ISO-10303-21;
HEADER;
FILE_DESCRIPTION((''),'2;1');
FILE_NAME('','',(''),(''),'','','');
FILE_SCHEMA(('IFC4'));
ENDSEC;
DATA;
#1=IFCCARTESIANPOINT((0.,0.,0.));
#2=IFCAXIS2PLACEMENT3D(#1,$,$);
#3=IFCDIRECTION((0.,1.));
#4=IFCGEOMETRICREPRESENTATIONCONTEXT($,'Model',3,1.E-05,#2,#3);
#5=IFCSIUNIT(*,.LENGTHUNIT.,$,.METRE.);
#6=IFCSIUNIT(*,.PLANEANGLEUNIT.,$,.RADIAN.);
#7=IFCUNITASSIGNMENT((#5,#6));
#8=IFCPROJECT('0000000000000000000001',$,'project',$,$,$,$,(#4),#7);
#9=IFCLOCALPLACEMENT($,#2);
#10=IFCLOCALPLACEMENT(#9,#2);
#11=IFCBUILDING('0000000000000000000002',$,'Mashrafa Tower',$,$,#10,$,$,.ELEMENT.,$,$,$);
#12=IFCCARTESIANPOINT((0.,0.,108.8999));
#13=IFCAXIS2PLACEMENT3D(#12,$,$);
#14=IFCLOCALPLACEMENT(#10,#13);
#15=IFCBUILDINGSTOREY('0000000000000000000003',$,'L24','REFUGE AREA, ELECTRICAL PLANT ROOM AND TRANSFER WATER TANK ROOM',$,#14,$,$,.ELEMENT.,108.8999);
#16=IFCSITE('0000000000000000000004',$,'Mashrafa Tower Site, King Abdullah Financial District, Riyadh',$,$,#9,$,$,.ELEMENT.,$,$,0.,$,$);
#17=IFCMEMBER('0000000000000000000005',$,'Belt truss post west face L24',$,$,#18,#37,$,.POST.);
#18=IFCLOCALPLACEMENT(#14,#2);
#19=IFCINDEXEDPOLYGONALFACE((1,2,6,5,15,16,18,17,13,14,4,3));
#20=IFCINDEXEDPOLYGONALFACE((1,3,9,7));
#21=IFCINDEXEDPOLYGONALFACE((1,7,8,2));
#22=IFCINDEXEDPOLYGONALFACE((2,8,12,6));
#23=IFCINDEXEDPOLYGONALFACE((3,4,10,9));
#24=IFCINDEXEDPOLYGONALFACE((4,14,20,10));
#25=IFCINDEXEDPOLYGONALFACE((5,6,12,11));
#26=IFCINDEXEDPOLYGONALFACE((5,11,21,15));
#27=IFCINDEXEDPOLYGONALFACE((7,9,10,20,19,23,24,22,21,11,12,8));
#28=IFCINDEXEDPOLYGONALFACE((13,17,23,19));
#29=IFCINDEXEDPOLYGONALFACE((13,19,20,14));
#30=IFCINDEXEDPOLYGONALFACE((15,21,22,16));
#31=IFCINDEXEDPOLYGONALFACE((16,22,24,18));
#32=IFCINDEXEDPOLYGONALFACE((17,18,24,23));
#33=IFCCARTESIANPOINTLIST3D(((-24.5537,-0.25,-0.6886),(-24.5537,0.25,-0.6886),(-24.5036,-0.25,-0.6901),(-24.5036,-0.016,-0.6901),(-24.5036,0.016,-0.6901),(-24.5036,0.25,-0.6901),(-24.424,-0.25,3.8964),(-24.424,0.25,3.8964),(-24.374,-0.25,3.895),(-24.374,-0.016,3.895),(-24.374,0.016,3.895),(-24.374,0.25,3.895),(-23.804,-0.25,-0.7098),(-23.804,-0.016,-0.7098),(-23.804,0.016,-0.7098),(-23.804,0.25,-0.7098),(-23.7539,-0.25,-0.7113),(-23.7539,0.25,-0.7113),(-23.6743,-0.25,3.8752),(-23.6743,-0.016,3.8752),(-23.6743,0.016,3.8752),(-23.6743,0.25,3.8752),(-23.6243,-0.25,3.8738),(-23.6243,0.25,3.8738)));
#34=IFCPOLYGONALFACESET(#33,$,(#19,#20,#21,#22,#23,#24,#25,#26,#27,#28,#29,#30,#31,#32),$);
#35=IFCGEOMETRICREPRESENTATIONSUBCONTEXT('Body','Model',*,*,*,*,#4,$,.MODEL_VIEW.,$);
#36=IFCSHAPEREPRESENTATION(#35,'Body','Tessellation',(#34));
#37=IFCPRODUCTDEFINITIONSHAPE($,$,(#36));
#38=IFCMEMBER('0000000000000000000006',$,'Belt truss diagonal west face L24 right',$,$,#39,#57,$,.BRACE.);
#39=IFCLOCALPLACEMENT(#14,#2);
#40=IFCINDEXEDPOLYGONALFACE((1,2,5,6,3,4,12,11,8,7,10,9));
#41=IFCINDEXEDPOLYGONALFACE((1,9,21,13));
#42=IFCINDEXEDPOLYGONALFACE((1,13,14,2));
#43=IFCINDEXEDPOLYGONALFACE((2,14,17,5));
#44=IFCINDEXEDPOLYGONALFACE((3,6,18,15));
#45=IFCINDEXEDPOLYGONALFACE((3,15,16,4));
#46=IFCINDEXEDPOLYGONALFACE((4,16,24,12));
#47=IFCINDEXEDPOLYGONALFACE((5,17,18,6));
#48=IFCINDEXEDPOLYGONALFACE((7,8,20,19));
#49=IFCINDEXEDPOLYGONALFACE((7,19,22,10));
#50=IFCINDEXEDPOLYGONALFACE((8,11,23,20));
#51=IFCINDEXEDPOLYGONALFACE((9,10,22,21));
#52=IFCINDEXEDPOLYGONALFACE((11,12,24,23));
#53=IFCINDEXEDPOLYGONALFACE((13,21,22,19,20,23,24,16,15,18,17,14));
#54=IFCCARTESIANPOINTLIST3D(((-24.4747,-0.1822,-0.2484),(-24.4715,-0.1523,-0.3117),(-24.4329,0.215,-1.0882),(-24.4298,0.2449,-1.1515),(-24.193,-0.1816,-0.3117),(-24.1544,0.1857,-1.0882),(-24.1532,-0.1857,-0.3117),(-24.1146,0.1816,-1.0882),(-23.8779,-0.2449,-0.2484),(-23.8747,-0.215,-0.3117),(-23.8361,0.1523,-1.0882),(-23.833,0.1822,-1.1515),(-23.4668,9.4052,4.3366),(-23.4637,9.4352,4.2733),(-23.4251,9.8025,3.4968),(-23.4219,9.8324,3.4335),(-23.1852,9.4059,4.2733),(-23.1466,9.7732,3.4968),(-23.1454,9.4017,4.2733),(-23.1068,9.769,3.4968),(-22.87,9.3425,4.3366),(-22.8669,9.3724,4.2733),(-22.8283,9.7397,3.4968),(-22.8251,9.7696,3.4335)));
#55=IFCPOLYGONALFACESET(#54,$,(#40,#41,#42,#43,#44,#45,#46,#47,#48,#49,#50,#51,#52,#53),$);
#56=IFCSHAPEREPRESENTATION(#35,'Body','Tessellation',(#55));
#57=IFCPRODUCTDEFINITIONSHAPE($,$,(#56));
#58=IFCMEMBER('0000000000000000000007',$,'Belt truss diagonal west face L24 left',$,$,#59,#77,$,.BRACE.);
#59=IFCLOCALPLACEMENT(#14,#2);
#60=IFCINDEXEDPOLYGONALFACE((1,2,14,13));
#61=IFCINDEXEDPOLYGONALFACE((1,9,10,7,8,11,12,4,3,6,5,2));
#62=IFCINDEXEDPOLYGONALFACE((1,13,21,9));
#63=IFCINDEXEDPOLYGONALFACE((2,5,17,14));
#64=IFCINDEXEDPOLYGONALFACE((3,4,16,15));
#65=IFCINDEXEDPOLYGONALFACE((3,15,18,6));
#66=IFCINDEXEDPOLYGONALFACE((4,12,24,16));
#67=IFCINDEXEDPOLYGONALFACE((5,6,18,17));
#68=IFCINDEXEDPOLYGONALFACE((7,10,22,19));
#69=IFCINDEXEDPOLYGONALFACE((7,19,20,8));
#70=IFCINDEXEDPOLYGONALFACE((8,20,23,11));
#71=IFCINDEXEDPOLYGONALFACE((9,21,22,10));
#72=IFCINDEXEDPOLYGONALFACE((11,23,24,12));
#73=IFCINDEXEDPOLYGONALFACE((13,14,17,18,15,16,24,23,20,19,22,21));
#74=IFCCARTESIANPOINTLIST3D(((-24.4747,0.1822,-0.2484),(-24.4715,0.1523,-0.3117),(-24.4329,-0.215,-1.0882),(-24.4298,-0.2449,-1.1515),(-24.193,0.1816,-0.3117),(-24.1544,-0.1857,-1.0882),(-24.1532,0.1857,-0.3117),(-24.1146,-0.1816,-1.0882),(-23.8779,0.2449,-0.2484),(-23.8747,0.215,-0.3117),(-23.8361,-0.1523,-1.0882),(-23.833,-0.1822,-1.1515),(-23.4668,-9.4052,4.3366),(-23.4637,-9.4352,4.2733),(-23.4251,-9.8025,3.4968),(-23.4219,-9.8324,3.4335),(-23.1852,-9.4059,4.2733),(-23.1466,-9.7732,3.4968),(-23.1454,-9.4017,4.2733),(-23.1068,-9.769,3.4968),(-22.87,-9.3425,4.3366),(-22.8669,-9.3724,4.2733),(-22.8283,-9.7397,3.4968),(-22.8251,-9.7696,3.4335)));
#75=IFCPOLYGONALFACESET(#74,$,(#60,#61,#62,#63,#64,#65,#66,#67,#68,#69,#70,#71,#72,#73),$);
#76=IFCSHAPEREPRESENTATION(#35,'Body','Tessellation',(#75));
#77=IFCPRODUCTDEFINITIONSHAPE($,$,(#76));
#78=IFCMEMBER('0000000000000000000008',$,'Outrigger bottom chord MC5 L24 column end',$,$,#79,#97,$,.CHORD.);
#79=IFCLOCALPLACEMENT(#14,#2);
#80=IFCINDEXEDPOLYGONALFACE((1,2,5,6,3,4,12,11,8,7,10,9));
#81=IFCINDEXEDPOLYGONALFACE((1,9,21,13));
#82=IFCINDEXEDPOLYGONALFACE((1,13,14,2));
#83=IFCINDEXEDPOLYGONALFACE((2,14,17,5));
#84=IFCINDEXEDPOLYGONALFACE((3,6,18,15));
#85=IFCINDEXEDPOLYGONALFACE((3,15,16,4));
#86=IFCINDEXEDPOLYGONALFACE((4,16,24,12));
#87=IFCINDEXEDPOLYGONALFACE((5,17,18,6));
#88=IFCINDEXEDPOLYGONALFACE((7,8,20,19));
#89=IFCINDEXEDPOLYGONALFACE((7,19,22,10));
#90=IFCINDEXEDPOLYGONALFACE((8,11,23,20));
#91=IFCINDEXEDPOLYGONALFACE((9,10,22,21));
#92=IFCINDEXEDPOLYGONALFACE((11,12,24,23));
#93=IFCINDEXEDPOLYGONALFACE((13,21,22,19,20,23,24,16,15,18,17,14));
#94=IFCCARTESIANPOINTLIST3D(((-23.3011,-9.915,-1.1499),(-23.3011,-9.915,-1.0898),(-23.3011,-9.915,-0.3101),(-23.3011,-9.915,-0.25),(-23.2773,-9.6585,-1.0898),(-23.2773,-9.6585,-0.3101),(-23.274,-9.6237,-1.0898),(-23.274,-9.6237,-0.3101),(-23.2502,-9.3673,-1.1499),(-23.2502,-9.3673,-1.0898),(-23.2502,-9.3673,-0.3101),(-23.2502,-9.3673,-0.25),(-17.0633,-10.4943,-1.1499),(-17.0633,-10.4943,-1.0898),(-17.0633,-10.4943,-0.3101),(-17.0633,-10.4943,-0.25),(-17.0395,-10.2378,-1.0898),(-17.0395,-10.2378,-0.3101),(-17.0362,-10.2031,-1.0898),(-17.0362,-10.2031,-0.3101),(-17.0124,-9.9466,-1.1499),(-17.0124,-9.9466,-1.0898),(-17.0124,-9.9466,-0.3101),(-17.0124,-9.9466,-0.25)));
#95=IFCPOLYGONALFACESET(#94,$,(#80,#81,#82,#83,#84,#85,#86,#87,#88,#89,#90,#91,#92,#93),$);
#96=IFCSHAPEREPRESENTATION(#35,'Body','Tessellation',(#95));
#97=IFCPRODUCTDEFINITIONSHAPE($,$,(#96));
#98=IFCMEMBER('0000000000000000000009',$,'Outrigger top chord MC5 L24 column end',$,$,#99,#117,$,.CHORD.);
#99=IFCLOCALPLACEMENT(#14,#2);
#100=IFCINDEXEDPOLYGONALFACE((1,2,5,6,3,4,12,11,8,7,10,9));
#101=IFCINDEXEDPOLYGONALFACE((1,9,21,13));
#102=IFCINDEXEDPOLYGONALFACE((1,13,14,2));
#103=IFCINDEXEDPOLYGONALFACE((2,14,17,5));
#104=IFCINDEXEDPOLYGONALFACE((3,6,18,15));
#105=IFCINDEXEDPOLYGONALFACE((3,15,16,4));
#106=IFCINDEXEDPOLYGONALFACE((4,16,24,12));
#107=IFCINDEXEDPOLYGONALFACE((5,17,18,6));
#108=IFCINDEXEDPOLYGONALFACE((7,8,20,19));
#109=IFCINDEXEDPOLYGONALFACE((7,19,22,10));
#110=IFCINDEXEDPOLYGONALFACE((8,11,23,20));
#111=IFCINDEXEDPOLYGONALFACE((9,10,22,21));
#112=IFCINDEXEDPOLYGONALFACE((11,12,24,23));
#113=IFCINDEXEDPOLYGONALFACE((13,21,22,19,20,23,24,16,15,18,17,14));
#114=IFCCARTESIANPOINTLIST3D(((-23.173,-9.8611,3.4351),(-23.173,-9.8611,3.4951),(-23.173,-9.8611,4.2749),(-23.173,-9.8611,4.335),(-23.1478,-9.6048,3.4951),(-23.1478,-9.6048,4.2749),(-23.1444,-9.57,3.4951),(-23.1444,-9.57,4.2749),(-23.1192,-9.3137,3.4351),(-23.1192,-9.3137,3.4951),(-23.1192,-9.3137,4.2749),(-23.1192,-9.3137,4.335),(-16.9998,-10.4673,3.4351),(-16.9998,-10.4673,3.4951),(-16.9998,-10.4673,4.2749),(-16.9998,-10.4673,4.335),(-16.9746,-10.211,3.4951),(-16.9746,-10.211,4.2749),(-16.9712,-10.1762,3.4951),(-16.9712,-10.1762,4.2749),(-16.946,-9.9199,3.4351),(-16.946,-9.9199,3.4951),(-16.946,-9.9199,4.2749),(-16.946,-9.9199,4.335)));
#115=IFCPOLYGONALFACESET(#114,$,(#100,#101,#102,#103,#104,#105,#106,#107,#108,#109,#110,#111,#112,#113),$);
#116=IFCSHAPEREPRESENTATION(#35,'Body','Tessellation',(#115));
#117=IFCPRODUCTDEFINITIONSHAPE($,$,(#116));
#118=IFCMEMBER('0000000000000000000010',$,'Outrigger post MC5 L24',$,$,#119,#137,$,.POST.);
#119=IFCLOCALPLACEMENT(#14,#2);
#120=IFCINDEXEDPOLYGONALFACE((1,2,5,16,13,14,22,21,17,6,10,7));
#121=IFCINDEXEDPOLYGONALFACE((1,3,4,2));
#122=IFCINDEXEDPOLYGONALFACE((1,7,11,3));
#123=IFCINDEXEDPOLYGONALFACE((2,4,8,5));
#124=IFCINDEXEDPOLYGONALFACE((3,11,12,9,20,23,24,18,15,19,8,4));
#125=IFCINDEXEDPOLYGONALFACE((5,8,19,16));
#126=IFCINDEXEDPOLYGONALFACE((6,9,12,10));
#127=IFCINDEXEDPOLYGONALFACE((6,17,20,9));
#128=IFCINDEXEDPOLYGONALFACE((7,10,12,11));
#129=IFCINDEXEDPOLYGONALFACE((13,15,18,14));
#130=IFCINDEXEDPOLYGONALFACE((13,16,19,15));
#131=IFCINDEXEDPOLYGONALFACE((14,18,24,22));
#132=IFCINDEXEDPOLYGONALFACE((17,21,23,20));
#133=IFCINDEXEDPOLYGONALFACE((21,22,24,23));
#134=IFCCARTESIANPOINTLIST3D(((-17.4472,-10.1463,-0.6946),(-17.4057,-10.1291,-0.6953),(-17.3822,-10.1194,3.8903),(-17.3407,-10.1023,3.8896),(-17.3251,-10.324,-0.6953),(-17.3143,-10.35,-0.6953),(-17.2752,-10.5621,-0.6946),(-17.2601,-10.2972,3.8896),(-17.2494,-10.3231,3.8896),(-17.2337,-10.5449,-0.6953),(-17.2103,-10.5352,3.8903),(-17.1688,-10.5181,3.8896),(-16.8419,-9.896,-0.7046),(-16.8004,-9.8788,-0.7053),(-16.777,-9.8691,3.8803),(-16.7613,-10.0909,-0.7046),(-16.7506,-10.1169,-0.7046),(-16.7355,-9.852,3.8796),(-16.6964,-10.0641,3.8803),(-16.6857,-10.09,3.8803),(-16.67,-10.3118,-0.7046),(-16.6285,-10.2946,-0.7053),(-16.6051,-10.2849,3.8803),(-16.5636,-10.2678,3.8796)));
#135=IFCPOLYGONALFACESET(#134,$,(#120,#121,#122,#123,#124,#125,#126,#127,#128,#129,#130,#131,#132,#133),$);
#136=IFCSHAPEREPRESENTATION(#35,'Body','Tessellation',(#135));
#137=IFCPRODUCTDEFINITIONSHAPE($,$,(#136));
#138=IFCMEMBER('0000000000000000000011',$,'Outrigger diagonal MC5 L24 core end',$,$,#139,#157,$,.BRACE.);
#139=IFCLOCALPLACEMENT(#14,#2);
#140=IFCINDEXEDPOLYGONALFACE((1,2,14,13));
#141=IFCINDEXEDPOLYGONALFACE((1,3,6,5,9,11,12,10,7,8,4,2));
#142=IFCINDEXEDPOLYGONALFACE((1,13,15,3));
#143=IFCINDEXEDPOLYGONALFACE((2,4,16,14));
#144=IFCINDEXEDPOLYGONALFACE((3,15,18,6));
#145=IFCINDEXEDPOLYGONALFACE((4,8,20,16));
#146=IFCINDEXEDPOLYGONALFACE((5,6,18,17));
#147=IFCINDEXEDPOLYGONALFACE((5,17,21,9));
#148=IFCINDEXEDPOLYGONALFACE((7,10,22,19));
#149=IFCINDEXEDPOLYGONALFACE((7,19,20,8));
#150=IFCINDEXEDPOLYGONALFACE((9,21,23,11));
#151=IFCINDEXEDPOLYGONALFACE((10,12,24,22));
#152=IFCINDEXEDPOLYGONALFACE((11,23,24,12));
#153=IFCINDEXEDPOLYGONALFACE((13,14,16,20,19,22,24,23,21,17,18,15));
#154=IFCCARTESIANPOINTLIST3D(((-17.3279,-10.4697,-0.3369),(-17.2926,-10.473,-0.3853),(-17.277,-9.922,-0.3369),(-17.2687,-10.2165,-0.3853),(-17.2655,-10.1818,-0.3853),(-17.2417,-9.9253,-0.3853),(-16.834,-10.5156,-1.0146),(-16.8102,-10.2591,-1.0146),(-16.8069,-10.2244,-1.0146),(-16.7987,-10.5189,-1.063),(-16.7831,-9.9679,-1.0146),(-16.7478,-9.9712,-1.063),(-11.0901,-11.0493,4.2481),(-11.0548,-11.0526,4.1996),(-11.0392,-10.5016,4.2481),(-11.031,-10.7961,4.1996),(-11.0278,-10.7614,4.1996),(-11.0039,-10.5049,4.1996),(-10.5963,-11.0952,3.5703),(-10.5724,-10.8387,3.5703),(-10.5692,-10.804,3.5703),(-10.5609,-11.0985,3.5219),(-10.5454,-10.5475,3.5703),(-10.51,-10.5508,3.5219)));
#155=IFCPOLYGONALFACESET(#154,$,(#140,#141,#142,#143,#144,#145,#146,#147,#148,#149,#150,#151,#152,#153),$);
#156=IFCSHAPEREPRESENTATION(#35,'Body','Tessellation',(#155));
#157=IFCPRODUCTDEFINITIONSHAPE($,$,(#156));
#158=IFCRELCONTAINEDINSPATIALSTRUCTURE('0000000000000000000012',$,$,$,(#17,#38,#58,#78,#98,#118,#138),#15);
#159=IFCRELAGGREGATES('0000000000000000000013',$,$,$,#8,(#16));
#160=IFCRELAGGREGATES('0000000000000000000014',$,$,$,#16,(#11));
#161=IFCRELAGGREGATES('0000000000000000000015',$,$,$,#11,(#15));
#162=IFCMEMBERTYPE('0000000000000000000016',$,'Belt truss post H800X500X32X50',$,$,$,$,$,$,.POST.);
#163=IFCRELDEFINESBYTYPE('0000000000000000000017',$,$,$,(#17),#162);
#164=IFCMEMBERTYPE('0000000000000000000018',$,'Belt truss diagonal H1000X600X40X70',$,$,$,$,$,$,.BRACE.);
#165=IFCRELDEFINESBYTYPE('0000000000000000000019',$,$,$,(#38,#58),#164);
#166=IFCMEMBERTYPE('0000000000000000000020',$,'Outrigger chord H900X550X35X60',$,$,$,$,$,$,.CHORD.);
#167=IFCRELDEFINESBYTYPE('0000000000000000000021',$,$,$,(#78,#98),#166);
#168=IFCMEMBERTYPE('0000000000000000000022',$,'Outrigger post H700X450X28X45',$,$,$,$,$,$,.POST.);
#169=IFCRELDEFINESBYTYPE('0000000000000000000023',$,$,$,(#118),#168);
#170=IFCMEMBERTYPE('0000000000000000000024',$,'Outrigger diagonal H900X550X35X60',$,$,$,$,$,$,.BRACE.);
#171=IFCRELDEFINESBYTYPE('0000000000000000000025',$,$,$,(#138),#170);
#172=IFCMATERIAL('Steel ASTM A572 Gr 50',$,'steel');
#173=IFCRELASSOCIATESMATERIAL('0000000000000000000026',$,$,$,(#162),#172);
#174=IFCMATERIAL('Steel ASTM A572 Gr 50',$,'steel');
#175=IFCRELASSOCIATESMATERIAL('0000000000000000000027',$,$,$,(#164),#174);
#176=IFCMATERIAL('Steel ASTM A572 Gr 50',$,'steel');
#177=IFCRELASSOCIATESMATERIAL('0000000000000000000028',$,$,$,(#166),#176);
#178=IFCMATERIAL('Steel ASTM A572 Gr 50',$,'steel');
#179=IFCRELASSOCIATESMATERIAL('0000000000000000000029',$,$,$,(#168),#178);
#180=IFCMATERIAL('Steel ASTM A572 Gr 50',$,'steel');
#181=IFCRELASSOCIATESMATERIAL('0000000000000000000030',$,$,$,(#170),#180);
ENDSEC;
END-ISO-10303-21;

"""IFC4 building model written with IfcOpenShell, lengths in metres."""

from ifc_helpers import new_model, si_unit, direction, frame, origin, origin_2d, place, context, subcontext, project, spatial, i_section, extrude, source, transform, mapped, material, material_profile, profile_set, type_object, type_shapes, element, save


model = new_model("IFC4")

# Units and contexts
model_context = context("Model", 3, precision=1e-05, world=origin(), true_north=direction((0.0, 1.0)))
body_context = subcontext(model_context, "Body", "Model", "MODEL_VIEW")
ifc_project = project(units=[si_unit("LENGTHUNIT", "METRE"), si_unit("PLANEANGLEUNIT", "RADIAN")], contexts=[model_context])

# Site, building, storey
site_placement = place(None, origin())
site = spatial("IfcSite", under=ifc_project, at=site_placement, Name="Mashrafa Tower Site, King Abdullah Financial District, Riyadh", CompositionType="ELEMENT", RefElevation=0.0)
building_placement = place(site_placement, origin())
building = spatial("IfcBuilding", under=site, at=building_placement, Name="Mashrafa Tower", CompositionType="ELEMENT")
storey_placement = place(building_placement, frame((0.0, 0.0, 108.8999)))
storey = spatial("IfcBuildingStorey", under=building, at=storey_placement, Name="L24", Description="REFUGE AREA, ELECTRICAL PLANT ROOM AND TRANSFER WATER TANK ROOM", CompositionType="ELEMENT", Elevation=108.8999)

# Members
ifc_material_1 = material(Name="Steel ASTM A572 Gr 50", Category="steel")
ifc_material_profile_1 = material_profile(ifc_material_1, i_section(OverallWidth=0.5, OverallDepth=0.8, WebThickness=0.032, FlangeThickness=0.05, at=origin_2d()), Name="H800X500X32X50")
ifc_profile_set_1 = profile_set([ifc_material_profile_1], Name="Steel ASTM A572 Gr 50")
member_type_1 = type_object("IfcMemberType", Name="Belt truss post H800X500X32X50", PredefinedType="POST", material=ifc_profile_set_1)
shared_shape_1 = source(origin(), body_context, "Body", "SweptSolid", [
    extrude(i_section(OverallWidth=0.5, OverallDepth=0.8, WebThickness=0.032, FlangeThickness=0.05, at=origin_2d()), origin(), (0.0, 0.0, 1.0), 4.5869),
])
type_shapes(member_type_1, [shared_shape_1])
member_1_placement = place(storey_placement, frame((-24.1538, 0.0, -0.7), z_axis=(0.028263, 0.0, 0.999601), x_axis=(0.0, 1.0, 0.0)))
element("IfcMember", 1, at=member_1_placement, inside=storey, type_object=member_type_1, Name="Belt truss post west face L24", PredefinedType="POST", context=body_context, shape_type="MappedRepresentation", body=[
    mapped(shared_shape_1, transform((0.0, 0.0, 0.0))),
])
ifc_material_2 = material(Name="Steel ASTM A572 Gr 50", Category="steel")
ifc_material_profile_2 = material_profile(ifc_material_2, i_section(OverallWidth=0.6001, OverallDepth=1.0, WebThickness=0.04, FlangeThickness=0.0701, at=origin_2d()), Name="H1000X600X40X70")
ifc_profile_set_2 = profile_set([ifc_material_profile_2], Name="Steel ASTM A572 Gr 50")
member_type_2 = type_object("IfcMemberType", Name="Belt truss diagonal H1000X600X40X70", PredefinedType="BRACE", material=ifc_profile_set_2)
shared_shape_2 = source(origin(), body_context, "Body", "SweptSolid", [
    extrude(i_section(OverallWidth=0.6001, OverallDepth=1.0, WebThickness=0.04, FlangeThickness=0.0701, at=origin_2d()), origin(), (0.0, 0.0, 1.0), 10.675),
])
type_shapes(member_type_2, [shared_shape_2])
for number, where, z_axis, x_axis, name in (
    (2, (-24.1538, 0.0, -0.7), (0.094409, 0.898116, 0.429504), (-0.99452, 0.104542, 0.0), "Belt truss diagonal west face L24 right"),
    (3, (-24.1538, 0.0, -0.7), (0.094409, -0.898116, 0.429504), (0.99452, 0.104542, 0.0), "Belt truss diagonal west face L24 left"),
):
    element("IfcMember", number, at=place(storey_placement, frame(where, z_axis=z_axis, x_axis=x_axis)), inside=storey, type_object=member_type_2, Name=name, PredefinedType="BRACE", context=body_context, shape_type="MappedRepresentation", body=[
        mapped(shared_shape_2, transform((0.0, 0.0, 0.0))),
    ])
ifc_material_3 = material(Name="Steel ASTM A572 Gr 50", Category="steel")
ifc_material_profile_3 = material_profile(ifc_material_3, i_section(OverallWidth=0.55, OverallDepth=0.8999, WebThickness=0.0349, FlangeThickness=0.0601, at=origin_2d()), Name="H900X550X35X60")
ifc_profile_set_3 = profile_set([ifc_material_profile_3], Name="Steel ASTM A572 Gr 50")
member_type_3 = type_object("IfcMemberType", Name="Outrigger chord H900X550X35X60", PredefinedType="CHORD", material=ifc_profile_set_3)
shared_shape_3 = source(origin(), body_context, "Body", "SweptSolid", [
    extrude(i_section(OverallWidth=0.55, OverallDepth=0.8999, WebThickness=0.0349, FlangeThickness=0.0601, at=origin_2d()), origin(), (0.0, 0.0, 1.0), 6.2646),
])
member_2_placement = place(storey_placement, frame((-17.0378, -10.2205, -0.7), z_axis=(-0.995715, 0.092479, 0.0), x_axis=(-0.092479, -0.995715, 0.0)))
element("IfcMember", 4, at=member_2_placement, inside=storey, type_object=member_type_3, Name="Outrigger bottom chord MC5 L24 column end", PredefinedType="CHORD", context=body_context, shape_type="MappedRepresentation", body=[
    mapped(shared_shape_3, transform((0.0, 0.0, 0.0))),
])
shared_shape_4 = source(origin(), body_context, "Body", "SweptSolid", [
    extrude(i_section(OverallWidth=0.55, OverallDepth=0.8999, WebThickness=0.0349, FlangeThickness=0.0601, at=origin_2d()), origin(), (0.0, 0.0, 1.0), 6.2029),
])
type_shapes(member_type_3, [shared_shape_3, shared_shape_4])
member_3_placement = place(storey_placement, frame((-16.9729, -10.1936, 3.885), z_axis=(-0.995213, 0.09773, 0.0), x_axis=(-0.09773, -0.995213, 0.0)))
element("IfcMember", 5, at=member_3_placement, inside=storey, type_object=member_type_3, Name="Outrigger top chord MC5 L24 column end", PredefinedType="CHORD", context=body_context, shape_type="MappedRepresentation", body=[
    mapped(shared_shape_4, transform((0.0, 0.0, 0.0))),
])
ifc_material_4 = material(Name="Steel ASTM A572 Gr 50", Category="steel")
ifc_material_profile_4 = material_profile(ifc_material_4, i_section(OverallWidth=0.45, OverallDepth=0.7, WebThickness=0.0281, FlangeThickness=0.0449, at=origin_2d()), Name="H700X450X28X45")
ifc_profile_set_4 = profile_set([ifc_material_profile_4], Name="Steel ASTM A572 Gr 50")
member_type_4 = type_object("IfcMemberType", Name="Outrigger post H700X450X28X45", PredefinedType="POST", material=ifc_profile_set_4)
shared_shape_5 = source(origin(), body_context, "Body", "SweptSolid", [
    extrude(i_section(OverallWidth=0.45, OverallDepth=0.7, WebThickness=0.0281, FlangeThickness=0.0449, at=origin_2d()), origin(), (0.0, 0.0, 1.0), 4.5854),
])
type_shapes(member_type_4, [shared_shape_5])
member_4_placement = place(storey_placement, frame((-17.0378, -10.2205, -0.7), z_axis=(0.014162, 0.005857, 0.999883), x_axis=(-0.382147, 0.924101, 0.0)))
element("IfcMember", 6, at=member_4_placement, inside=storey, type_object=member_type_4, Name="Outrigger post MC5 L24", PredefinedType="POST", context=body_context, shape_type="MappedRepresentation", body=[
    mapped(shared_shape_5, transform((0.0, 0.0, 0.0))),
])
ifc_material_5 = material(Name="Steel ASTM A572 Gr 50", Category="steel")
ifc_material_profile_5 = material_profile(ifc_material_5, i_section(OverallWidth=0.55, OverallDepth=0.8999, WebThickness=0.0349, FlangeThickness=0.0601, at=origin_2d()), Name="H900X550X35X60")
ifc_profile_set_5 = profile_set([ifc_material_profile_5], Name="Steel ASTM A572 Gr 50")
member_type_5 = type_object("IfcMemberType", Name="Outrigger diagonal H900X550X35X60", PredefinedType="BRACE", material=ifc_profile_set_5)
shared_shape_6 = source(origin(), body_context, "Body", "SweptSolid", [
    extrude(i_section(OverallWidth=0.55, OverallDepth=0.8999, WebThickness=0.0349, FlangeThickness=0.0601, at=origin_2d()), origin(), (0.0, 0.0, 1.0), 7.7632),
])
member_5_placement = place(storey_placement, frame((-17.0378, -10.2205, -0.7), z_axis=(0.803504, -0.074658, 0.590599), x_axis=(0.092517, 0.995711, 0.0)))
element("IfcMember", 7, at=member_5_placement, inside=storey, type_object=member_type_5, Name="Outrigger diagonal MC5 L24 core end", PredefinedType="BRACE", context=body_context, shape_type="MappedRepresentation", body=[
    mapped(shared_shape_6, transform((0.0, 0.0, 0.0))),
])

save(model, "model.ifc")
